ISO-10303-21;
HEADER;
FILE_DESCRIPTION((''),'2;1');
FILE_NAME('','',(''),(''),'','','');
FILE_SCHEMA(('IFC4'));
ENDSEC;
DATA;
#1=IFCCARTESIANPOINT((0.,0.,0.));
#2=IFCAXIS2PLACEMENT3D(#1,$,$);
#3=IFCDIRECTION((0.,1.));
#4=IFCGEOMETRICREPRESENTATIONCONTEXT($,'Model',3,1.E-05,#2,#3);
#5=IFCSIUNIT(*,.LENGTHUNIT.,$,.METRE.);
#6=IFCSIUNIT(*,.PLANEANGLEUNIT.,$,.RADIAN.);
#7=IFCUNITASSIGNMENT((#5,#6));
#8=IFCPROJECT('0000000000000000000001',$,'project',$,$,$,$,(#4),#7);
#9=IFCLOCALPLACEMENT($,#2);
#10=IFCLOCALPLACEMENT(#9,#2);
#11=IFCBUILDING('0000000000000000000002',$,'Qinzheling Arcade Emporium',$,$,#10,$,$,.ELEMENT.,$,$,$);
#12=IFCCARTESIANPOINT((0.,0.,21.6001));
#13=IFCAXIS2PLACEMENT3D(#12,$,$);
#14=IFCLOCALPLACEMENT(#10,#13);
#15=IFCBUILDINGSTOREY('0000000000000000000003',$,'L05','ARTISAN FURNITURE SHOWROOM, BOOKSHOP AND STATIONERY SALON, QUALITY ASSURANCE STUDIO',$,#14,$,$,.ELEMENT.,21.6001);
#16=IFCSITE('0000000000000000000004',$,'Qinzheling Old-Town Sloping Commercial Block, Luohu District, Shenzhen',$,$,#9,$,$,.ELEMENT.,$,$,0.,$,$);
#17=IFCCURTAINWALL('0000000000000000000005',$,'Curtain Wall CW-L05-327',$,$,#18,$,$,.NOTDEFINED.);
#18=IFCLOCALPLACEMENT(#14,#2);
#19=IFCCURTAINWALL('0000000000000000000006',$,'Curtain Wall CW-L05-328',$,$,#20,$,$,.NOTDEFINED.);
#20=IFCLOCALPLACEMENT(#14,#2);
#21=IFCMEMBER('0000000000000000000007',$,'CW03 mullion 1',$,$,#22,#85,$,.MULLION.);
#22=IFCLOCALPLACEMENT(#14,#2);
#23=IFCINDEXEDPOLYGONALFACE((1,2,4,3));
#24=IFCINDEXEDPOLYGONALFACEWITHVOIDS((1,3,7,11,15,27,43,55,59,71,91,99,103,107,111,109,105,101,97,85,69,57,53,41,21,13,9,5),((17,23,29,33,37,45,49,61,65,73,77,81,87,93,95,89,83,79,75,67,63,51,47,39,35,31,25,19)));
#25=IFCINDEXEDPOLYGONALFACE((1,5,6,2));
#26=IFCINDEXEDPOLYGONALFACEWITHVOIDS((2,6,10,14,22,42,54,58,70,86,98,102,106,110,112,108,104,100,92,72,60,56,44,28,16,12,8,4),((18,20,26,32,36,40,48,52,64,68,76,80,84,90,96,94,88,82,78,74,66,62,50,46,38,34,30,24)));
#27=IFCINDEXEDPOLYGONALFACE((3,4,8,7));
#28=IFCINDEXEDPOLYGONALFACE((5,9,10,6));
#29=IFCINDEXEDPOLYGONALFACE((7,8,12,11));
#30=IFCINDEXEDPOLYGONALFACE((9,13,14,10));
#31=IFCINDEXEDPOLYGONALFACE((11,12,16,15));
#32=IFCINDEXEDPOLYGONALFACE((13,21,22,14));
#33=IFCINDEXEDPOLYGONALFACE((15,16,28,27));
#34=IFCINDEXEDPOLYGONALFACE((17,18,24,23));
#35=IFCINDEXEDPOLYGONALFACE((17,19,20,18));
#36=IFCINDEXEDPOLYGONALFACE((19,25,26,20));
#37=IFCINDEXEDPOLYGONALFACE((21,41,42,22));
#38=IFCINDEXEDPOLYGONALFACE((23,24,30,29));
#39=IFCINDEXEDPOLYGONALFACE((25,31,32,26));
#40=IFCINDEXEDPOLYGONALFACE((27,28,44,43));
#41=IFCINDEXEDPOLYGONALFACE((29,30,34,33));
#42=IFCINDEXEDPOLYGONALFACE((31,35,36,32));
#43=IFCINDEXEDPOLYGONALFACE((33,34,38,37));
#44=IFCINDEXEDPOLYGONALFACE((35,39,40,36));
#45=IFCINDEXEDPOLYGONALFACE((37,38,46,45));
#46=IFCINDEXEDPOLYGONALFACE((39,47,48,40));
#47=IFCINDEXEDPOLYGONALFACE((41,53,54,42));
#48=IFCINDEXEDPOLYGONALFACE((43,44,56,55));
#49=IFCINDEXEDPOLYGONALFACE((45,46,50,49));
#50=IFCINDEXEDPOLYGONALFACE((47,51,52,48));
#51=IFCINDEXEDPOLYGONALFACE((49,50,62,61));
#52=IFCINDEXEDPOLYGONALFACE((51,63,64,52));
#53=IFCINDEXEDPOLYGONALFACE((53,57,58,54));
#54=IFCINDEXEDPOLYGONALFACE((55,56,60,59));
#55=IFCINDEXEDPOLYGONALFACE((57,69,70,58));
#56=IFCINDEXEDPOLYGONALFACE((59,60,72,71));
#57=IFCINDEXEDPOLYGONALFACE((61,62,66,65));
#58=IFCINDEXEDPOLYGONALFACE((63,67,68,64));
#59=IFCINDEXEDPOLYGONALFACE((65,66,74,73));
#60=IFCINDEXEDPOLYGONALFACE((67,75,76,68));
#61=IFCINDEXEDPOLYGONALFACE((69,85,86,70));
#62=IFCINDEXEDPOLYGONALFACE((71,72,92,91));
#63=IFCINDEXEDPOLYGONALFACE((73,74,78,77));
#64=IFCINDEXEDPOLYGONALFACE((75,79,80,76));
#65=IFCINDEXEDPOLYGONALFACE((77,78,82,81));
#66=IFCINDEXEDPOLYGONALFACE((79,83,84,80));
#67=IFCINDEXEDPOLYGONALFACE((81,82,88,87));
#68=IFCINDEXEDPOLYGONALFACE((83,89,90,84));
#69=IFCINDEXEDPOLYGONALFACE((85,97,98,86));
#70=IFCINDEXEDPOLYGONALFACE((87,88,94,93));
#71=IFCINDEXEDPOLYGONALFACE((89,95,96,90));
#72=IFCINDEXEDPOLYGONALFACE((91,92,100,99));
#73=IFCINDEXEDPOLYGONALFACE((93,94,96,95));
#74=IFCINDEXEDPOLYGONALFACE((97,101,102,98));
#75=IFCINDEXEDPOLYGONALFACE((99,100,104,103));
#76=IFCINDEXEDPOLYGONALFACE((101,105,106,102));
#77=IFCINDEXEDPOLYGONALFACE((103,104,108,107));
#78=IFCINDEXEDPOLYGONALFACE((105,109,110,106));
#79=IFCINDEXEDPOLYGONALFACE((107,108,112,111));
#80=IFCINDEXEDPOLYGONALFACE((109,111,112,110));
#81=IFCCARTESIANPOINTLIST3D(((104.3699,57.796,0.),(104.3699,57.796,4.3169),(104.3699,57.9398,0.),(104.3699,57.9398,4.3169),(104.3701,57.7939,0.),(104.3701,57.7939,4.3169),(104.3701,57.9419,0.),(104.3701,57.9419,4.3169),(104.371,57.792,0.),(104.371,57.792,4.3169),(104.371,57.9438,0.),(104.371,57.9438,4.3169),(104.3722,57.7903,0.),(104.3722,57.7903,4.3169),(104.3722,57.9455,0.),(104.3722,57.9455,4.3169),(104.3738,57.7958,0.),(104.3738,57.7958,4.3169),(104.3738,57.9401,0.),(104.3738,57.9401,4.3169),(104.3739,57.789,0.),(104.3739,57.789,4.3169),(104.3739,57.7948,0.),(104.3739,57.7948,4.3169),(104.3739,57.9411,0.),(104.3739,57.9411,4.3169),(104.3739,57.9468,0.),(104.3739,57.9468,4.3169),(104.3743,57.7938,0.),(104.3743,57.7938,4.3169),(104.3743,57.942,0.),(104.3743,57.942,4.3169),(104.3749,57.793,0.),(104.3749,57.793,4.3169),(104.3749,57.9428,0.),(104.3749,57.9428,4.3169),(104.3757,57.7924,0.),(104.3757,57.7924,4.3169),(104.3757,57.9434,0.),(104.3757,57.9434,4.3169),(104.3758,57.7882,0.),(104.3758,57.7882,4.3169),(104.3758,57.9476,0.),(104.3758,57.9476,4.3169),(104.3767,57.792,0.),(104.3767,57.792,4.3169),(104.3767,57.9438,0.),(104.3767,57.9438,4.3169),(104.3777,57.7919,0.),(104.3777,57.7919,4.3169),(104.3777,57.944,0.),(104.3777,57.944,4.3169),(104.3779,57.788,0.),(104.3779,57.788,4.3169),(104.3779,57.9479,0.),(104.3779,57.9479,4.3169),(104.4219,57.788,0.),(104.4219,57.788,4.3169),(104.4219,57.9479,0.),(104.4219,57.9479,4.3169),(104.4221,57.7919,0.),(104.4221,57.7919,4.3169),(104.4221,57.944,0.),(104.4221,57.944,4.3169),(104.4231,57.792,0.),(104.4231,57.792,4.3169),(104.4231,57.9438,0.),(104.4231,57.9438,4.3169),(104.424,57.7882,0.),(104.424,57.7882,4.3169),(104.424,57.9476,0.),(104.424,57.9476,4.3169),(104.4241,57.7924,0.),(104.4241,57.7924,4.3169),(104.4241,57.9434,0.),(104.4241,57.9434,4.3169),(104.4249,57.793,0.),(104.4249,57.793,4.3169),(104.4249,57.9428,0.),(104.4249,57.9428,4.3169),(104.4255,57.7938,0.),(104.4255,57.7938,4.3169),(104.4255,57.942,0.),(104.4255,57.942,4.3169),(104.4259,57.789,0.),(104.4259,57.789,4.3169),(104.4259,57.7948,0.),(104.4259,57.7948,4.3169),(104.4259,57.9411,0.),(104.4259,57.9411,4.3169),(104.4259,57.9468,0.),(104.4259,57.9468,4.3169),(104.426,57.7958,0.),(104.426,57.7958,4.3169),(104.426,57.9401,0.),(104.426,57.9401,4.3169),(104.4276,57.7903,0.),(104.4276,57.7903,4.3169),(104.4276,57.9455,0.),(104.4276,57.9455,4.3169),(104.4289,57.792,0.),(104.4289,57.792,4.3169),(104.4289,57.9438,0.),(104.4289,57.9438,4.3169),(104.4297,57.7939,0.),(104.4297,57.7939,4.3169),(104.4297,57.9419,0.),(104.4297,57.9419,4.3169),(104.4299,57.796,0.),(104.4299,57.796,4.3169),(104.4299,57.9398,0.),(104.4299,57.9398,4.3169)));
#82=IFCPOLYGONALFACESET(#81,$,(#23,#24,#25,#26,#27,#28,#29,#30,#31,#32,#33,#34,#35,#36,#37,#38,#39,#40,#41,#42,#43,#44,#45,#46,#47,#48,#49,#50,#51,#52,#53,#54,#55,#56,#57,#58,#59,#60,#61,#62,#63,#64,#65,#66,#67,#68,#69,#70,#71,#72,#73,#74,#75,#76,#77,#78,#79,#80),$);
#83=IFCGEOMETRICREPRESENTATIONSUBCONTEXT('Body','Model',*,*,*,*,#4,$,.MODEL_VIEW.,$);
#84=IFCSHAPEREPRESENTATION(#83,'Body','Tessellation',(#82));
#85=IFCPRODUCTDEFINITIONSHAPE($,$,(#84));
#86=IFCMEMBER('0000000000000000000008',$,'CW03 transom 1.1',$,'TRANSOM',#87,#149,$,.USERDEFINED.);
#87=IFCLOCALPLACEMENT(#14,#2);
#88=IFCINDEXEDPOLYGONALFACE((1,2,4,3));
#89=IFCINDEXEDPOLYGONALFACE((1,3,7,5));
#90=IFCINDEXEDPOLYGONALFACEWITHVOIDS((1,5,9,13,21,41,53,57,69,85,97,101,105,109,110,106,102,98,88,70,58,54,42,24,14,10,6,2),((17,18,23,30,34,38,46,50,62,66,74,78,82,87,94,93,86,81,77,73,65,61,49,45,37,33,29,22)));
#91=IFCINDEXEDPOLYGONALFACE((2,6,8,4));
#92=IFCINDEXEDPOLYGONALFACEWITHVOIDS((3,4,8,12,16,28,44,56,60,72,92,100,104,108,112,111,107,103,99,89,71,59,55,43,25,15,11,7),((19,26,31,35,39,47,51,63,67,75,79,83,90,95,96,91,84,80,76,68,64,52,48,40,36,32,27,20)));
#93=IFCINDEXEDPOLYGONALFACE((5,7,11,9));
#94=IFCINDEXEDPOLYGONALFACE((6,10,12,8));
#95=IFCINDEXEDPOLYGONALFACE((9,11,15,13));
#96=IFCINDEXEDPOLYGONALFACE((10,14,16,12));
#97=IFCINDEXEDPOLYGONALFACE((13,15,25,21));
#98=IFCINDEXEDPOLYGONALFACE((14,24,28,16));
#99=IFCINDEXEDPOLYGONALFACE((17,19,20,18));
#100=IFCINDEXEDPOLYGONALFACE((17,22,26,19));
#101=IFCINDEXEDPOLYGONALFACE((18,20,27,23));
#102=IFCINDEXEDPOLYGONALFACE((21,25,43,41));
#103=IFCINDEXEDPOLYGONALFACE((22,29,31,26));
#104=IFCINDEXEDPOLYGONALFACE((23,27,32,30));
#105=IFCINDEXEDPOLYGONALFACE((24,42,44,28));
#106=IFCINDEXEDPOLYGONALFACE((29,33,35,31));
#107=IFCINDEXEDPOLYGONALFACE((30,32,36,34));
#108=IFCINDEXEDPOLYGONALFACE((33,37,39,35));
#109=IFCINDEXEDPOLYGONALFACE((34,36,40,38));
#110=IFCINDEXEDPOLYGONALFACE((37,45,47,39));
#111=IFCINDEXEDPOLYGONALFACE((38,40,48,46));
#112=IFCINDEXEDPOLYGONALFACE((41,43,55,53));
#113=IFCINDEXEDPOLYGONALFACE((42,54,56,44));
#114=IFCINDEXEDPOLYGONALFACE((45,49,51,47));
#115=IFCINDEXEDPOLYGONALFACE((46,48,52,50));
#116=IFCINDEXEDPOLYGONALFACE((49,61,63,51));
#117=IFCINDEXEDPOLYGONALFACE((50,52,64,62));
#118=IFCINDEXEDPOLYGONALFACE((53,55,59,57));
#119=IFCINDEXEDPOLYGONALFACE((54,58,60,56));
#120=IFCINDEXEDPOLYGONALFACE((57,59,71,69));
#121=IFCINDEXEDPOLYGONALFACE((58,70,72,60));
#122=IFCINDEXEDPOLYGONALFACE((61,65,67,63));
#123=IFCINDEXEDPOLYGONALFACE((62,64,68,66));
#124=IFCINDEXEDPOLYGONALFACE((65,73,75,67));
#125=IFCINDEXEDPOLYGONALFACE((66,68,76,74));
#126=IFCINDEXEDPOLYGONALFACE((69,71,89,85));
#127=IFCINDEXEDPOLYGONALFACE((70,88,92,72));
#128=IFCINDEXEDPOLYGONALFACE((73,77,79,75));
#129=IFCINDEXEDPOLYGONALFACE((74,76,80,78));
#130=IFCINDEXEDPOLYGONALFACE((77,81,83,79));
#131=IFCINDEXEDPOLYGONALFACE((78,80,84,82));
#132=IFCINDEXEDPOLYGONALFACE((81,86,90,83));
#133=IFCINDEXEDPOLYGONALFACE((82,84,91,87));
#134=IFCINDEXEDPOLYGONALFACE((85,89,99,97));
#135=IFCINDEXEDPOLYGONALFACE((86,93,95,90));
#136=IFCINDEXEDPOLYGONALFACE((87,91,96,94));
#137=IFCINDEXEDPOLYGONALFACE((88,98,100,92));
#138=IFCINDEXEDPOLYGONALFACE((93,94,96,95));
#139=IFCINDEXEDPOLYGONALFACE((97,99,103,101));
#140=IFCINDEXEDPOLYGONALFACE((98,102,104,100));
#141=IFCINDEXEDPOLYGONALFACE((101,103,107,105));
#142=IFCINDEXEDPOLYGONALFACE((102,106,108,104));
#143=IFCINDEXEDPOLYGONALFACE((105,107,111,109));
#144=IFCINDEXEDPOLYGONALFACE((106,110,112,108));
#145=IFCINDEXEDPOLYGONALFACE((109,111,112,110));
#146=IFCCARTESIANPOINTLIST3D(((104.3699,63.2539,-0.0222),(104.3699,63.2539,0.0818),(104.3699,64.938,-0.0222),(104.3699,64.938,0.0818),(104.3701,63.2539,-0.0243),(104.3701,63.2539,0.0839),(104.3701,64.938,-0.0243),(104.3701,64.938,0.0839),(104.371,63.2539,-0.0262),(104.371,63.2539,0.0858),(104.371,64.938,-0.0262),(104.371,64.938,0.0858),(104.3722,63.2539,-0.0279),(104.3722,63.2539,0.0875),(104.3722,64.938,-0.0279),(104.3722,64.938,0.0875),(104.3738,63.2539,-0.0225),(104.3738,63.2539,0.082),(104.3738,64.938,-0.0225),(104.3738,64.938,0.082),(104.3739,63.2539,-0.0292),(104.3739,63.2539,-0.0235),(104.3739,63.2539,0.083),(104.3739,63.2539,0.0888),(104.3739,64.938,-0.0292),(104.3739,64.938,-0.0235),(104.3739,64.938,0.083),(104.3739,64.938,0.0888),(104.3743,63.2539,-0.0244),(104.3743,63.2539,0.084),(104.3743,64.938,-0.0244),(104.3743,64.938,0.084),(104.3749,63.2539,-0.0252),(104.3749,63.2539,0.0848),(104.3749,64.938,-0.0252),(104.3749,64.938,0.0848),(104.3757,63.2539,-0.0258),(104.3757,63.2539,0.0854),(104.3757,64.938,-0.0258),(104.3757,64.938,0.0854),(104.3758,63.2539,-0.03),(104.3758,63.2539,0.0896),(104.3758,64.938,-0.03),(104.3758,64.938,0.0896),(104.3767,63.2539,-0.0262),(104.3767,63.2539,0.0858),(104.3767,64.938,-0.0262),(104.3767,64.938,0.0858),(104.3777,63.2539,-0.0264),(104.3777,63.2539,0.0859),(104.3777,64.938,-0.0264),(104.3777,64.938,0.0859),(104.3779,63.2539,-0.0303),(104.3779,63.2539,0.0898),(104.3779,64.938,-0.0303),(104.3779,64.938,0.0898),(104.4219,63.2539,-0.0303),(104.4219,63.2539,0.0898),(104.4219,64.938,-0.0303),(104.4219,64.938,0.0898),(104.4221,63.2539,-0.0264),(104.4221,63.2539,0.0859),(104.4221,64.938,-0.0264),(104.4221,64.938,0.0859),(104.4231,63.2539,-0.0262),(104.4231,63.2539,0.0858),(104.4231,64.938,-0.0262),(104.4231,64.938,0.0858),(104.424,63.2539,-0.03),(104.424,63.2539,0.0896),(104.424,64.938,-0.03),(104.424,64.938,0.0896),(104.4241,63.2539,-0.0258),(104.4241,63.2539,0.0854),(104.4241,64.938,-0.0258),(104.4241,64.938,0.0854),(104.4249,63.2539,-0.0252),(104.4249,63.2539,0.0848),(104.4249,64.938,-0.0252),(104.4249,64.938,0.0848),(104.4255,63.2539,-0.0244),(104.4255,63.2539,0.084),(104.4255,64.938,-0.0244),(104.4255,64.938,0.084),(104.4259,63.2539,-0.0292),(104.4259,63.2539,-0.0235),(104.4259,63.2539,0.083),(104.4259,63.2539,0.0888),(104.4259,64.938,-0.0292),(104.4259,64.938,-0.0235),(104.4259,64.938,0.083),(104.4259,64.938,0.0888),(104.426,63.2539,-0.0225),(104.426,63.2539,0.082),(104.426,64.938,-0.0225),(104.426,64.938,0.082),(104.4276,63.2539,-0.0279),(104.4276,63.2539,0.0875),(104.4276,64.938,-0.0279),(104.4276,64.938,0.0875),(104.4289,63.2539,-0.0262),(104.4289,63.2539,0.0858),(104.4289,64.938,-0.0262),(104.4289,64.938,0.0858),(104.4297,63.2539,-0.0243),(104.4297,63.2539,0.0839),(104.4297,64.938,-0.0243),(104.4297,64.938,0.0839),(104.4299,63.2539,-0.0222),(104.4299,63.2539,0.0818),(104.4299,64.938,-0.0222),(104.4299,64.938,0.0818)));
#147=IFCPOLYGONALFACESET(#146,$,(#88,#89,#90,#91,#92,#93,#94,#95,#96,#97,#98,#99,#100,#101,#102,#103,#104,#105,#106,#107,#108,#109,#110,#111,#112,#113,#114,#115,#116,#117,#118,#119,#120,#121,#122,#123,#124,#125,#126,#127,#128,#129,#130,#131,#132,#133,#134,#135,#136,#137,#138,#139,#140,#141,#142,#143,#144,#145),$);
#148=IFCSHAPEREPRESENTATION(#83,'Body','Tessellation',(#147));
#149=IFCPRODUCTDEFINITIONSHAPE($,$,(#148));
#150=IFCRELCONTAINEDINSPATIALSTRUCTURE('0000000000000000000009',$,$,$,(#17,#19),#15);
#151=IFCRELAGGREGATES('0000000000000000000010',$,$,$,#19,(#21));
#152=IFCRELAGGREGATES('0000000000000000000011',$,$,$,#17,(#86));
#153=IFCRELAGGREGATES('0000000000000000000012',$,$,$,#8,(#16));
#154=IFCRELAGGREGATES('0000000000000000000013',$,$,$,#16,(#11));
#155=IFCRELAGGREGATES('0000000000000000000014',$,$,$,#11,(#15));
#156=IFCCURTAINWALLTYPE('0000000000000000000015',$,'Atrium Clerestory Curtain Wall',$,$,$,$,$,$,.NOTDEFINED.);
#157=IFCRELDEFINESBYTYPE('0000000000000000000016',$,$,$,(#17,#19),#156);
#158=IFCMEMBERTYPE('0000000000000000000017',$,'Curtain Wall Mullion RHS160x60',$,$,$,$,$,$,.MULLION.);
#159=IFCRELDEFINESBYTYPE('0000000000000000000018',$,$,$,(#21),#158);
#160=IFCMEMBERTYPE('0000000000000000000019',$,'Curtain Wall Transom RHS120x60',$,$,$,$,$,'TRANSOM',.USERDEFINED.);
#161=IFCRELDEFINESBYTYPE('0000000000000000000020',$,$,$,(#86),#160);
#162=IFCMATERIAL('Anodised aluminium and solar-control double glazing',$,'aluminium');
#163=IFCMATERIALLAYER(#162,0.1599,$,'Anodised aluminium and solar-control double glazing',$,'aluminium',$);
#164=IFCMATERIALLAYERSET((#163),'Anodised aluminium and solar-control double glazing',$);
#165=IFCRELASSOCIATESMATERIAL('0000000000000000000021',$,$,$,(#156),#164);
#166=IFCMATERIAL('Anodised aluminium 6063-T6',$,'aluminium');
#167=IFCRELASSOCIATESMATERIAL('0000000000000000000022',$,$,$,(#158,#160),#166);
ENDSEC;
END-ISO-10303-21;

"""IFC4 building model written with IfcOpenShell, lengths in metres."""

from ifc_helpers import new_model, si_unit, direction, frame, origin, origin_2d, place, context, subcontext, project, spatial, hollow_rectangle, extrude, material, layer, layer_set, material_profile, profile_set, type_object, element, aggregate, save


model = new_model("IFC4")

# Units and contexts
model_context = context("Model", 3, precision=1e-05, world=origin(), true_north=direction((0.0, 1.0)))
body_context = subcontext(model_context, "Body", "Model", "MODEL_VIEW")
ifc_project = project(units=[si_unit("LENGTHUNIT", "METRE"), si_unit("PLANEANGLEUNIT", "RADIAN")], contexts=[model_context])

# Site, building, storey
site_placement = place(None, origin())
site = spatial("IfcSite", under=ifc_project, at=site_placement, Name="Qinzheling Old-Town Sloping Commercial Block, Luohu District, Shenzhen", CompositionType="ELEMENT", RefElevation=0.0)
building_placement = place(site_placement, origin())
building = spatial("IfcBuilding", under=site, at=building_placement, Name="Qinzheling Arcade Emporium", CompositionType="ELEMENT")
storey_placement = place(building_placement, frame((0.0, 0.0, 21.6001)))
storey = spatial("IfcBuildingStorey", under=building, at=storey_placement, Name="L05", Description="ARTISAN FURNITURE SHOWROOM, BOOKSHOP AND STATIONERY SALON, QUALITY ASSURANCE STUDIO", CompositionType="ELEMENT", Elevation=21.6001)

# Curtain wall
ifc_material_1 = material(Name="Anodised aluminium and solar-control double glazing", Category="aluminium")
ifc_layer_1 = layer(ifc_material_1, 0.1599, Name="Anodised aluminium and solar-control double glazing", Category="aluminium")
ifc_layer_set_1 = layer_set([ifc_layer_1], Name="Anodised aluminium and solar-control double glazing")
curtain_wall_type = type_object("IfcCurtainWallType", Name="Atrium Clerestory Curtain Wall", PredefinedType="NOTDEFINED", material=ifc_layer_set_1)
curtain_wall_1_placement = place(storey_placement, origin())
curtain_wall_1 = element("IfcCurtainWall", 1, at=curtain_wall_1_placement, inside=storey, type_object=curtain_wall_type, Name="Curtain Wall CW-L05-327", PredefinedType="NOTDEFINED")
ifc_material_2 = material(Name="Anodised aluminium 6063-T6", Category="aluminium")
ifc_material_profile_1 = material_profile(ifc_material_2, hollow_rectangle(XDim=0.0601, YDim=0.1599, WallThickness=0.0039, InnerFilletRadius=0.0039, OuterFilletRadius=0.0081, at=origin_2d()), Name="RHS 160x60x4", Category="aluminium")
ifc_profile_set_1 = profile_set([ifc_material_profile_1], Name="Anodised aluminium 6063-T6")
member_type_1 = type_object("IfcMemberType", Name="Curtain Wall Mullion RHS160x60", PredefinedType="MULLION", material=ifc_profile_set_1)

# Curtain wall, member
curtain_wall_2_placement = place(storey_placement, origin())
curtain_wall_2 = element("IfcCurtainWall", 2, at=curtain_wall_2_placement, inside=storey, type_object=curtain_wall_type, Name="Curtain Wall CW-L05-328", PredefinedType="NOTDEFINED")
member_1_placement = place(storey_placement, frame((104.3999, 57.8679, 0.0), z_axis=(0.0, 0.0, 1.0), x_axis=(1.0, 0.0, 0.0)))
member_1 = element("IfcMember", 3, at=member_1_placement, type_object=member_type_1, Name="CW03 mullion 1", PredefinedType="MULLION", context=body_context, shape_type="SweptSolid", body=[
    extrude(hollow_rectangle(XDim=0.0601, YDim=0.1599, WallThickness=0.0039, InnerFilletRadius=0.0039, OuterFilletRadius=0.0081, at=origin_2d()), origin(), (0.0, 0.0, 1.0), 4.3169),
])

# Member
ifc_material_profile_2 = material_profile(ifc_material_2, hollow_rectangle(XDim=0.0601, YDim=0.1201, WallThickness=0.0039, InnerFilletRadius=0.0039, OuterFilletRadius=0.0081, at=origin_2d()), Name="RHS 120x60x4", Category="aluminium")
ifc_profile_set_2 = profile_set([ifc_material_profile_2], Name="Anodised aluminium 6063-T6")
member_type_2 = type_object("IfcMemberType", Name="Curtain Wall Transom RHS120x60", ElementType="TRANSOM", PredefinedType="USERDEFINED", material=ifc_profile_set_2)
member_2_placement = place(storey_placement, frame((104.3999, 64.938, 0.0298), z_axis=(0.0, -1.0, 0.0), x_axis=(1.0, 0.0, 0.0)))
member_2 = element("IfcMember", 4, at=member_2_placement, type_object=member_type_2, Name="CW03 transom 1.1", ObjectType="TRANSOM", PredefinedType="USERDEFINED", context=body_context, shape_type="SweptSolid", body=[
    extrude(hollow_rectangle(XDim=0.0601, YDim=0.1201, WallThickness=0.0039, InnerFilletRadius=0.0039, OuterFilletRadius=0.0081, at=origin_2d()), origin(), (0.0, 0.0, 1.0), 1.6841),
])
aggregate(curtain_wall_2, [member_1])

aggregate(curtain_wall_1, [member_2])

save(model, "model.ifc")
